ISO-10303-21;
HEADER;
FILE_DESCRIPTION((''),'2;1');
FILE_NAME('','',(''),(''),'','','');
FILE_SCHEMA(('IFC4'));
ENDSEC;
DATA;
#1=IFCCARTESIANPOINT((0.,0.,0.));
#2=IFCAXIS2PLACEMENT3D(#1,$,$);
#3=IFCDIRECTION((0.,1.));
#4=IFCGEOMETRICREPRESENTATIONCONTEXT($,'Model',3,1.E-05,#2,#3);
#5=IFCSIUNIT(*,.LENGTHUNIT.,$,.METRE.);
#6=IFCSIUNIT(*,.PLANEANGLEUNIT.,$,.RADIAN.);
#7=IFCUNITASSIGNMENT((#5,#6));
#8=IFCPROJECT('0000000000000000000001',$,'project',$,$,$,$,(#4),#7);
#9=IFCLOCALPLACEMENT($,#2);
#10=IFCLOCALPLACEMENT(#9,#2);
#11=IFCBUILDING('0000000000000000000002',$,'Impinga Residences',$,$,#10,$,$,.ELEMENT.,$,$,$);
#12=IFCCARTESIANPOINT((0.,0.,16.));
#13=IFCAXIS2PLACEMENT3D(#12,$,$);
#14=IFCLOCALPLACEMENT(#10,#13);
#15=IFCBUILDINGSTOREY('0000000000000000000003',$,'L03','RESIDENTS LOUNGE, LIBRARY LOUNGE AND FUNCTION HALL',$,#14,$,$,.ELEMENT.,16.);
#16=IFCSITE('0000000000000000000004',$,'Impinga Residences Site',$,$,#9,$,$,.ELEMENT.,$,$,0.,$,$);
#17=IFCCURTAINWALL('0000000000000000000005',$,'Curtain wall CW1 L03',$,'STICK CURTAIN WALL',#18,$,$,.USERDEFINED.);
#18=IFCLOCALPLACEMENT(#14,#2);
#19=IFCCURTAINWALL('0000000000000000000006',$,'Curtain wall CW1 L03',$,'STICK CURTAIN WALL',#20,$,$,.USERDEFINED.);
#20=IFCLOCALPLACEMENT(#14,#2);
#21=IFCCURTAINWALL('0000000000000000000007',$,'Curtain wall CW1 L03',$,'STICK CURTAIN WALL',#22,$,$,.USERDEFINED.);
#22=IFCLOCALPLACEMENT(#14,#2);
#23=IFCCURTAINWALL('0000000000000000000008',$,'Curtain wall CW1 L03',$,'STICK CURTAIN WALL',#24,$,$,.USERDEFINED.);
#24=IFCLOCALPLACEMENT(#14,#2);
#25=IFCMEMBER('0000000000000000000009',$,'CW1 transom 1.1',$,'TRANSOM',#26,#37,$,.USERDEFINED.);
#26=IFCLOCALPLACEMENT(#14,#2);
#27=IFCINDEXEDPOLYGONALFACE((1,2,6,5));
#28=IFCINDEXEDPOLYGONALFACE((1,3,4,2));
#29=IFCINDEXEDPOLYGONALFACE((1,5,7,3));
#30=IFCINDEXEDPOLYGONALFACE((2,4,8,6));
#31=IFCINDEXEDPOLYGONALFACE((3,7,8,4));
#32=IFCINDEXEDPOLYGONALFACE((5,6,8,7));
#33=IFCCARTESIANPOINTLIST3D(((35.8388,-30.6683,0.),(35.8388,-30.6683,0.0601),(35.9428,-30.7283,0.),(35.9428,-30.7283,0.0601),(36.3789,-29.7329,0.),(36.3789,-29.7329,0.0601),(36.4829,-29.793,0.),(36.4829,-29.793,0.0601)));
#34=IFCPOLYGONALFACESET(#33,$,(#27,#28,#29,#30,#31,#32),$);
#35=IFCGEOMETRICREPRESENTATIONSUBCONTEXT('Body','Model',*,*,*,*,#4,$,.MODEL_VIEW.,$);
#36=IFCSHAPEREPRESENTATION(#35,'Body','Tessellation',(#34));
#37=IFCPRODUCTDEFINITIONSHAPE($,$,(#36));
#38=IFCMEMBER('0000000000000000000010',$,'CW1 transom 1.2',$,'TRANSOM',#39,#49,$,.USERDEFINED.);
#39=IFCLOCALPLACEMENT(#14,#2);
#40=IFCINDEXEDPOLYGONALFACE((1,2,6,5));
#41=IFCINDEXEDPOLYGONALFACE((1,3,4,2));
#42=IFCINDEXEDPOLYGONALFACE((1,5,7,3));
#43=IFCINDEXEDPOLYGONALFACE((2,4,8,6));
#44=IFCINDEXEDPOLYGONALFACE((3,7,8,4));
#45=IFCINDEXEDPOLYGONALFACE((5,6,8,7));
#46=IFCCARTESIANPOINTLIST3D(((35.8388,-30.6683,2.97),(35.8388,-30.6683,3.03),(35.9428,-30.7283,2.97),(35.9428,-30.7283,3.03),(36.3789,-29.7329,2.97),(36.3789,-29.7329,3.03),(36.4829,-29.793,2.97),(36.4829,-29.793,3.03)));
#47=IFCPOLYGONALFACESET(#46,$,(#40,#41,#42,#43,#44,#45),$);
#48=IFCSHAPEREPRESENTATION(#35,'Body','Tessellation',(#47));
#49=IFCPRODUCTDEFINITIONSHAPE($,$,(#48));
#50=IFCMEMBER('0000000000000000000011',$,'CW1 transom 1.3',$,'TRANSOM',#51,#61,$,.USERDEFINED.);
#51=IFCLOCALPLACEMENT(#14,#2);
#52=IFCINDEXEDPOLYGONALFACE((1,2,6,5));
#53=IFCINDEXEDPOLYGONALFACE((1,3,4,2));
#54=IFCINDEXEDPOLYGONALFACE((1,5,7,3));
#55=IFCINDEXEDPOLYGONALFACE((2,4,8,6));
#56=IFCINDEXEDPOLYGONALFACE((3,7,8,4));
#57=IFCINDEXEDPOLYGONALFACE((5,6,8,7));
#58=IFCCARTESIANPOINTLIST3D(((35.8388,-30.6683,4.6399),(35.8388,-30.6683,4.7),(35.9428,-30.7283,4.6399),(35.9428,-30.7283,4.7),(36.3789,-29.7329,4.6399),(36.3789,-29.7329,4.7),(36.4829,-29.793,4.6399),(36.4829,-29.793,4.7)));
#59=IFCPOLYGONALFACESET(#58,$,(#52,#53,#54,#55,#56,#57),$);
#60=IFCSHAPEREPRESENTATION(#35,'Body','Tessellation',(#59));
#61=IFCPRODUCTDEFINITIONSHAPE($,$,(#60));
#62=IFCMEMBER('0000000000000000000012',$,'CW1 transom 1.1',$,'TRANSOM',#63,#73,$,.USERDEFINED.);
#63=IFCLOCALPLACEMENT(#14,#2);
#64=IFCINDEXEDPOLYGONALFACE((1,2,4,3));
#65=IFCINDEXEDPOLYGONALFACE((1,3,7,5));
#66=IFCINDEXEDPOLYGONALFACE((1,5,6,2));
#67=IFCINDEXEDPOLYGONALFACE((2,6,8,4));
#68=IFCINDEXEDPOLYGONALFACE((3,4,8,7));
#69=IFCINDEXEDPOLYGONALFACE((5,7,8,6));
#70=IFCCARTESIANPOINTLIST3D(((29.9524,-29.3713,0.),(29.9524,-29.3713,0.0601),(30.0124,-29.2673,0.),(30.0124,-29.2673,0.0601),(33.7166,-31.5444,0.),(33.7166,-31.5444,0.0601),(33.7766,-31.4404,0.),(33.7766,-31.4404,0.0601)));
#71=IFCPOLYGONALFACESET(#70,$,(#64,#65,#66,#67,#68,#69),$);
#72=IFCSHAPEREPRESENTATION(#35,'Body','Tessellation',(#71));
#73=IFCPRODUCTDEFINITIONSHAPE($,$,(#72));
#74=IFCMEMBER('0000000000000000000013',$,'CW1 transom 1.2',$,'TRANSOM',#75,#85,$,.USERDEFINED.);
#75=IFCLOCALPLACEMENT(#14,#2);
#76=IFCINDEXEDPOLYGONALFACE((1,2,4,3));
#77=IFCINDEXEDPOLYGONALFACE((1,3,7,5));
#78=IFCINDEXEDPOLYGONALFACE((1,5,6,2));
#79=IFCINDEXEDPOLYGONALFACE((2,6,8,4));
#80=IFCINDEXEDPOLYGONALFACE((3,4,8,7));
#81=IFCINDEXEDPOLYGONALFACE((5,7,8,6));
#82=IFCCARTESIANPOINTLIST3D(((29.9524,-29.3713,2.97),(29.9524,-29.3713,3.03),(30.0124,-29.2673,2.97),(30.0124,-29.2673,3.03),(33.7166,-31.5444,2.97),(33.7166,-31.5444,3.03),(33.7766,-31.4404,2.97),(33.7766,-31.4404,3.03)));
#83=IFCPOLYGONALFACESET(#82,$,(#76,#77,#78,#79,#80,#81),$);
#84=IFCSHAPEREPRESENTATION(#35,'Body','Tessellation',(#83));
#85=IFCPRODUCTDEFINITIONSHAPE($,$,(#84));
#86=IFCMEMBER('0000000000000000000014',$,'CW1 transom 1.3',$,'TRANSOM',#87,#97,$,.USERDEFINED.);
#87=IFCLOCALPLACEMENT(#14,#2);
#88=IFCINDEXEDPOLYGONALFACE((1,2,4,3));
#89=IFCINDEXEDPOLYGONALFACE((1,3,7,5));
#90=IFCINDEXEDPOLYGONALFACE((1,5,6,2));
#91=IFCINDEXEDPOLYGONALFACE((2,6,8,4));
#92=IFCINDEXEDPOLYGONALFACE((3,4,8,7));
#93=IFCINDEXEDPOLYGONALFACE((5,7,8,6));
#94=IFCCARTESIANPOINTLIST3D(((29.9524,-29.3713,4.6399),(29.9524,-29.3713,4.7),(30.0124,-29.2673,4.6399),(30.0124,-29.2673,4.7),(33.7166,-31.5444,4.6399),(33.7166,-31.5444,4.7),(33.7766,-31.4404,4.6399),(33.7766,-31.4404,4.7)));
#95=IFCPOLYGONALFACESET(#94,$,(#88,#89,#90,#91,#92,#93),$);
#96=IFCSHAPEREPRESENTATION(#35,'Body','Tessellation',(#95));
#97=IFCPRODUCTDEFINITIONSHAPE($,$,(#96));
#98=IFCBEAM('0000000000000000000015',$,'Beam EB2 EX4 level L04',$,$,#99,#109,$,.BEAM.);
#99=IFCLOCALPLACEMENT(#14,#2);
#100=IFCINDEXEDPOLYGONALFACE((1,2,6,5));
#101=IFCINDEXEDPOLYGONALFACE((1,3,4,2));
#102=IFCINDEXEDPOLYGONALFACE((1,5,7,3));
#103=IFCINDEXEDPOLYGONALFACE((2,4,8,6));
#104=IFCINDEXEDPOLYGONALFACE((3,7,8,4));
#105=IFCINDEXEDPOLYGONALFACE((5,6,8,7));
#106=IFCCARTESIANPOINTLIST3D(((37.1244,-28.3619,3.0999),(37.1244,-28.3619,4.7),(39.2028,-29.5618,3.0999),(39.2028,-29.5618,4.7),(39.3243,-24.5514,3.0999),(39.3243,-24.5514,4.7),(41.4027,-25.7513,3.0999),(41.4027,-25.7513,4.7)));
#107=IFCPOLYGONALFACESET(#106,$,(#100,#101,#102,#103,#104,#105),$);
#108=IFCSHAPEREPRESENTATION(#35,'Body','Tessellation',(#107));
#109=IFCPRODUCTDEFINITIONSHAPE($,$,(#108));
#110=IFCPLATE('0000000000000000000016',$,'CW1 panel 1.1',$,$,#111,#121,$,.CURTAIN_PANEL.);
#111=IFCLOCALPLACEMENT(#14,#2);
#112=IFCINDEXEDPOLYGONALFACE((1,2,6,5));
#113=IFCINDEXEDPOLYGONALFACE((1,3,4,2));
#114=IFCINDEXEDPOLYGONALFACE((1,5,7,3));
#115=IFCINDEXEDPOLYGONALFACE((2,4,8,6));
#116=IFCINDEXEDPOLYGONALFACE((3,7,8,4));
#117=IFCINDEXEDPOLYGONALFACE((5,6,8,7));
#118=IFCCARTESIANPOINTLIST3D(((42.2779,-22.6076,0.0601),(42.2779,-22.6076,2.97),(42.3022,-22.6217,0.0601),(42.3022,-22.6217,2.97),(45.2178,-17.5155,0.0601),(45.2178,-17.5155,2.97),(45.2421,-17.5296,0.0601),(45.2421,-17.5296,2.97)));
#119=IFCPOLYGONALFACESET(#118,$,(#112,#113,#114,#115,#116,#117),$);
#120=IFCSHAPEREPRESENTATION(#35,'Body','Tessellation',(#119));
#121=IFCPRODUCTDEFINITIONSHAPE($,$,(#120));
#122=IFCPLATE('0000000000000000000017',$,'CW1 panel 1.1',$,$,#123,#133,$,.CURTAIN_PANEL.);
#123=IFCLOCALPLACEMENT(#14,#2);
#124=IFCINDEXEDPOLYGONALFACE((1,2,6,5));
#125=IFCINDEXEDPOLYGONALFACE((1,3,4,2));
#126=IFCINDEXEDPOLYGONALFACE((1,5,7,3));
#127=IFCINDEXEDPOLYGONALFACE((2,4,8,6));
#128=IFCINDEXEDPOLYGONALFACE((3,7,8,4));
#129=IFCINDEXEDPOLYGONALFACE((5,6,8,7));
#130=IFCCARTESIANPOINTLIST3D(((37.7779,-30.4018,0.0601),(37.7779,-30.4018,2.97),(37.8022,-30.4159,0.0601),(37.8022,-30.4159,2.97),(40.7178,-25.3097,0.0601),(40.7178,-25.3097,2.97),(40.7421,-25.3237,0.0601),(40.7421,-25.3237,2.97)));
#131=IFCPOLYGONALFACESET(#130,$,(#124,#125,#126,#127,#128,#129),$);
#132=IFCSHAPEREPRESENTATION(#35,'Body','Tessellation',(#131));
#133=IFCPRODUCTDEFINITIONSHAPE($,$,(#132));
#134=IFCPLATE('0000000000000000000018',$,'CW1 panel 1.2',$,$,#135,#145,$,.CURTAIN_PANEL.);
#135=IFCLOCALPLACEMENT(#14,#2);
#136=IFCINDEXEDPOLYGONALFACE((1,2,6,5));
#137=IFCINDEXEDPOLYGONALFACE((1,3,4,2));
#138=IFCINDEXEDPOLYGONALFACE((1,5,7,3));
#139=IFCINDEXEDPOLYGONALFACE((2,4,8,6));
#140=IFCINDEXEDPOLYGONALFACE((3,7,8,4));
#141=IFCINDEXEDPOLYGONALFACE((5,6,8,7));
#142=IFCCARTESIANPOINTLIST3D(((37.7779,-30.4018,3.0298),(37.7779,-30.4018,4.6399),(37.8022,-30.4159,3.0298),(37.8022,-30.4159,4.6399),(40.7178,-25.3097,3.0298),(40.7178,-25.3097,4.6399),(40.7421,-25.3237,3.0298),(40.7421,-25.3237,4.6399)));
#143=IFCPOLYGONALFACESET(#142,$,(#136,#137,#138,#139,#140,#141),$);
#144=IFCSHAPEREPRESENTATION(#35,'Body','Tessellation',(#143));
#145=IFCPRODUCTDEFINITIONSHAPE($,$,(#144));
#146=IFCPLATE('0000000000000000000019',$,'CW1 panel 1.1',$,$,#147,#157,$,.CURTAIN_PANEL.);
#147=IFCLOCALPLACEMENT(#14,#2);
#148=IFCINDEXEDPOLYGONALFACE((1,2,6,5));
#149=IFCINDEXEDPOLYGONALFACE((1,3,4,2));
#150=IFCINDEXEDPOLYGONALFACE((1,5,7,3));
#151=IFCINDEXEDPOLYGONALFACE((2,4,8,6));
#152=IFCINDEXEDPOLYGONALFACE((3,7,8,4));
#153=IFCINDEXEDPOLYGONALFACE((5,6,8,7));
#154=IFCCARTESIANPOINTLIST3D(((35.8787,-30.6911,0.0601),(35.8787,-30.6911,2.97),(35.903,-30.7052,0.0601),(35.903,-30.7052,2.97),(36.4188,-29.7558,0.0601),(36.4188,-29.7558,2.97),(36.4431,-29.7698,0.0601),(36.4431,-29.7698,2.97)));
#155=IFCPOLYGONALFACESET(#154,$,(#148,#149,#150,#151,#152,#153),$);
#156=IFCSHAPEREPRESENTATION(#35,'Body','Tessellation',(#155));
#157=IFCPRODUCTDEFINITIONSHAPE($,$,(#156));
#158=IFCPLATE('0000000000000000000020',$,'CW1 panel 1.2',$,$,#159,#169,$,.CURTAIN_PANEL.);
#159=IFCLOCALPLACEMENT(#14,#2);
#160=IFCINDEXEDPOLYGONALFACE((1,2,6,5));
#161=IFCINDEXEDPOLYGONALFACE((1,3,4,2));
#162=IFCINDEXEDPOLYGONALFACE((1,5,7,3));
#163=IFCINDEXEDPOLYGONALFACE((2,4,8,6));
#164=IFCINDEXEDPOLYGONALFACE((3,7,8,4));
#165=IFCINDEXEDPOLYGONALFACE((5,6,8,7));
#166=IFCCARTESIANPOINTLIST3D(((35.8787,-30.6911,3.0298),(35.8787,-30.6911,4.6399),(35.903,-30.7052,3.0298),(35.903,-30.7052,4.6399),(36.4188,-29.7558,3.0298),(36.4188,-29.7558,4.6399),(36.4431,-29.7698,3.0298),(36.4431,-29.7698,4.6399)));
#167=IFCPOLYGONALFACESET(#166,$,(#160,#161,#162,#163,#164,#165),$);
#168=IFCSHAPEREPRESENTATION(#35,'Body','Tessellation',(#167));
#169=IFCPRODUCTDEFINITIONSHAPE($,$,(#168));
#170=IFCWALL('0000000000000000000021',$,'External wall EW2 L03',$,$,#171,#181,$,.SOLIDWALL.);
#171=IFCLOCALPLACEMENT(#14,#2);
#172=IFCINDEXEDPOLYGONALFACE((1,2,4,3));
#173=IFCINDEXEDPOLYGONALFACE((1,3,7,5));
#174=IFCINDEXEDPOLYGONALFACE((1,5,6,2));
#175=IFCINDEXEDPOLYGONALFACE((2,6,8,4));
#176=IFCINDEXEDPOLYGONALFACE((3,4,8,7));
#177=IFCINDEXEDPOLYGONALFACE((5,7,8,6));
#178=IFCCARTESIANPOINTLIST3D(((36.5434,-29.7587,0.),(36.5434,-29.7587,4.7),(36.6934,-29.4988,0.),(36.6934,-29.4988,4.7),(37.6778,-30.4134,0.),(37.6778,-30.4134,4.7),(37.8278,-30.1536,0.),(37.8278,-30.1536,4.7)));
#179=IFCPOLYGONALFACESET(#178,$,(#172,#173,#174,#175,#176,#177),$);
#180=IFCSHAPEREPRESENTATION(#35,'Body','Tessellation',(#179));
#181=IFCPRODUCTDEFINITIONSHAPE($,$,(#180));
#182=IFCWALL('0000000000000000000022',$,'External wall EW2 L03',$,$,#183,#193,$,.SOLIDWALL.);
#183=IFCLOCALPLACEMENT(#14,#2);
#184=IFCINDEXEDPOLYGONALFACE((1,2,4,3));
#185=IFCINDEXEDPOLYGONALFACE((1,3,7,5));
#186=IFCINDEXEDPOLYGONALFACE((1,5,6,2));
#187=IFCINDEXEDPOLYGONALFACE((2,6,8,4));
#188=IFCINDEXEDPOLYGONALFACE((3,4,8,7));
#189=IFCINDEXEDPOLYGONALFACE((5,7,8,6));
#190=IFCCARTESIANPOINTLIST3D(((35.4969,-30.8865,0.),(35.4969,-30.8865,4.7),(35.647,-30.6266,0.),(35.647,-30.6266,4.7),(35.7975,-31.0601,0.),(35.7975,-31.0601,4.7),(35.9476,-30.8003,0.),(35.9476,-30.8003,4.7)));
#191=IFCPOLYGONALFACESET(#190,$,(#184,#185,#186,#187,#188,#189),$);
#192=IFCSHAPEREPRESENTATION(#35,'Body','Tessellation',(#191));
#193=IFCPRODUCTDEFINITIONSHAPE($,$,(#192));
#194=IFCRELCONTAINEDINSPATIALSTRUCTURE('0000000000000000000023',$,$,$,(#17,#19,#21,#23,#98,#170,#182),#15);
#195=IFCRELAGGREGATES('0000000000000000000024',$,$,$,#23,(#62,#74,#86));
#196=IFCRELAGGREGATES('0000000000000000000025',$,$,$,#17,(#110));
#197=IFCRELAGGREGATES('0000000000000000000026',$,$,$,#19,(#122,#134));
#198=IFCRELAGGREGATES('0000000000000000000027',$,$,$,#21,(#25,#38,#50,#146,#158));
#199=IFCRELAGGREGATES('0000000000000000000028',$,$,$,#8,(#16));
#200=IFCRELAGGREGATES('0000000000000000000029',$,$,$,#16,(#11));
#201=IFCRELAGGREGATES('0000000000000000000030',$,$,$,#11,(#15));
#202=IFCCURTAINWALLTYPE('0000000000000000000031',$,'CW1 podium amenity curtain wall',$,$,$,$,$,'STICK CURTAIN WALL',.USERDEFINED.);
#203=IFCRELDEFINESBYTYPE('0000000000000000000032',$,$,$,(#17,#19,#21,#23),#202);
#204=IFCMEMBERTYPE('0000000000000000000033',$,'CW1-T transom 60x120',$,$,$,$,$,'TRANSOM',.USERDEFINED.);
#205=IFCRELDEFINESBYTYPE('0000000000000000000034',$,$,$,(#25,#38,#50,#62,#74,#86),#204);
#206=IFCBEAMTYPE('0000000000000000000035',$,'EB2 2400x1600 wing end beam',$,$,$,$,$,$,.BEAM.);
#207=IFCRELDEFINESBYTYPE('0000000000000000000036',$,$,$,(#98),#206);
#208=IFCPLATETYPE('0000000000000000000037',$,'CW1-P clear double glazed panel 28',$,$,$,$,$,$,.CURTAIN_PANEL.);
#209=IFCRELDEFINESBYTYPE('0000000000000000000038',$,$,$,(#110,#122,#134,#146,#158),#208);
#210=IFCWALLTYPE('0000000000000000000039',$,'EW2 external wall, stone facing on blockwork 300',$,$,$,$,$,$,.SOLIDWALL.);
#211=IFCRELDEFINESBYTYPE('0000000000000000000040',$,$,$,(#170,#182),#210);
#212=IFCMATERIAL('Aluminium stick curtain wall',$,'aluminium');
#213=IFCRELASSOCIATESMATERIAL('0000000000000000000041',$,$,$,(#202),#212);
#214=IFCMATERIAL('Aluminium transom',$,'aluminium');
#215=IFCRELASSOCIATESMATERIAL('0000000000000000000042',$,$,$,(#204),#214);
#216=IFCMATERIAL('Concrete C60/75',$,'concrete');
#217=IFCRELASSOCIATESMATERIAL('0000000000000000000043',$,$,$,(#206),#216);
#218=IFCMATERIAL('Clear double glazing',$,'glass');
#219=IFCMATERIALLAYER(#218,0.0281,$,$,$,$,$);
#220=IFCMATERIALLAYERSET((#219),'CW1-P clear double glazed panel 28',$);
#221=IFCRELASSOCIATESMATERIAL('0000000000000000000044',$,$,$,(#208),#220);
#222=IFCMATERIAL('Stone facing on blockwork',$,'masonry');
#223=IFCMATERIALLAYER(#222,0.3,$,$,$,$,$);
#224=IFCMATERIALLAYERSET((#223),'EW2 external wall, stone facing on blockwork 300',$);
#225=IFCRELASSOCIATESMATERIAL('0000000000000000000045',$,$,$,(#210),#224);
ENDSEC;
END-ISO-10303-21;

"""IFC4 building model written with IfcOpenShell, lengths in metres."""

from ifc_helpers import new_model, si_unit, direction, frame, frame_2d, origin, origin_2d, place, context, subcontext, project, spatial, rectangle, extrude, material, layer, layer_set, material_profile, profile_set, type_object, element, aggregate, save


model = new_model("IFC4")

# Units and contexts
model_context = context("Model", 3, precision=1e-05, world=origin(), true_north=direction((0.0, 1.0)))
body_context = subcontext(model_context, "Body", "Model", "MODEL_VIEW")
ifc_project = project(units=[si_unit("LENGTHUNIT", "METRE"), si_unit("PLANEANGLEUNIT", "RADIAN")], contexts=[model_context])

# Site, building, storey
site_placement = place(None, origin())
site = spatial("IfcSite", under=ifc_project, at=site_placement, Name="Impinga Residences Site", CompositionType="ELEMENT", RefElevation=0.0)
building_placement = place(site_placement, origin())
building = spatial("IfcBuilding", under=site, at=building_placement, Name="Impinga Residences", CompositionType="ELEMENT")
storey_placement = place(building_placement, frame((0.0, 0.0, 16.0)))
storey = spatial("IfcBuildingStorey", under=building, at=storey_placement, Name="L03", Description="RESIDENTS LOUNGE, LIBRARY LOUNGE AND FUNCTION HALL", CompositionType="ELEMENT", Elevation=16.0)

# Shared definitions
ifc_material_1 = material(Name="Concrete C60/75", Category="concrete")

# Curtain wall
ifc_material_2 = material(Name="Aluminium stick curtain wall", Category="aluminium")
curtain_wall_type = type_object("IfcCurtainWallType", Name="CW1 podium amenity curtain wall", ElementType="STICK CURTAIN WALL", PredefinedType="USERDEFINED", material=ifc_material_2)
curtain_wall_1_placement = place(storey_placement, origin())
curtain_wall_1 = element("IfcCurtainWall", 1, at=curtain_wall_1_placement, inside=storey, type_object=curtain_wall_type, Name="Curtain wall CW1 L03", ObjectType="STICK CURTAIN WALL", PredefinedType="USERDEFINED")

# Curtain walls
curtain_wall_2_placement = place(storey_placement, origin())
curtain_wall_2 = element("IfcCurtainWall", 2, at=curtain_wall_2_placement, inside=storey, type_object=curtain_wall_type, Name="Curtain wall CW1 L03", ObjectType="STICK CURTAIN WALL", PredefinedType="USERDEFINED")
curtain_wall_3_placement = place(storey_placement, origin())
curtain_wall_3 = element("IfcCurtainWall", 3, at=curtain_wall_3_placement, inside=storey, type_object=curtain_wall_type, Name="Curtain wall CW1 L03", ObjectType="STICK CURTAIN WALL", PredefinedType="USERDEFINED")

# Curtain wall
curtain_wall_4_placement = place(storey_placement, origin())
curtain_wall_4 = element("IfcCurtainWall", 4, at=curtain_wall_4_placement, inside=storey, type_object=curtain_wall_type, Name="Curtain wall CW1 L03", ObjectType="STICK CURTAIN WALL", PredefinedType="USERDEFINED")

# Members
ifc_material_3 = material(Name="Aluminium transom", Category="aluminium")
ifc_material_profile_1 = material_profile(ifc_material_3, rectangle(XDim=0.0601, YDim=0.1201, at=origin_2d()), Name="60x120 transom")
ifc_profile_set_1 = profile_set([ifc_material_profile_1], Name="Aluminium transom")
member_type_1 = type_object("IfcMemberType", Name="CW1-T transom 60x120", ElementType="TRANSOM", PredefinedType="USERDEFINED", material=ifc_profile_set_1)
member_1_placement = place(storey_placement, frame((36.4309, -29.7629, 0.03), z_axis=(-0.500029, -0.866009, 0.0), x_axis=(0.0, 0.0, 1.0)))
member_1 = element("IfcMember", 5, at=member_1_placement, type_object=member_type_1, Name="CW1 transom 1.1", ObjectType="TRANSOM", PredefinedType="USERDEFINED", context=body_context, shape_type="SweptSolid", body=[
    extrude(rectangle(XDim=0.0601, YDim=0.1201, at=origin_2d()), origin(), (0.0, 0.0, 1.0), 1.0801),
])
member_2_placement = place(storey_placement, frame((36.4309, -29.7629, 3.0), z_axis=(-0.500029, -0.866009, 0.0), x_axis=(0.0, 0.0, 1.0)))
member_2 = element("IfcMember", 6, at=member_2_placement, type_object=member_type_1, Name="CW1 transom 1.2", ObjectType="TRANSOM", PredefinedType="USERDEFINED", context=body_context, shape_type="SweptSolid", body=[
    extrude(rectangle(XDim=0.0601, YDim=0.1201, at=origin_2d()), origin(), (0.0, 0.0, 1.0), 1.0801),
])
member_3_placement = place(storey_placement, frame((36.4309, -29.7629, 4.6699), z_axis=(-0.500029, -0.866009, 0.0), x_axis=(0.0, 0.0, 1.0)))
member_3 = element("IfcMember", 7, at=member_3_placement, type_object=member_type_1, Name="CW1 transom 1.3", ObjectType="TRANSOM", PredefinedType="USERDEFINED", context=body_context, shape_type="SweptSolid", body=[
    extrude(rectangle(XDim=0.0601, YDim=0.1201, at=origin_2d()), origin(), (0.0, 0.0, 1.0), 1.0801),
])
member_4_placement = place(storey_placement, frame((33.7466, -31.4924, 0.03), z_axis=(-0.86604, 0.499975, 0.0), x_axis=(0.0, 0.0, 1.0)))
member_4 = element("IfcMember", 8, at=member_4_placement, type_object=member_type_1, Name="CW1 transom 1.1", ObjectType="TRANSOM", PredefinedType="USERDEFINED", context=body_context, shape_type="SweptSolid", body=[
    extrude(rectangle(XDim=0.0601, YDim=0.1201, at=origin_2d()), origin(), (0.0, 0.0, 1.0), 4.3464),
])
member_5_placement = place(storey_placement, frame((33.7466, -31.4924, 3.0), z_axis=(-0.86604, 0.499975, 0.0), x_axis=(0.0, 0.0, 1.0)))
member_5 = element("IfcMember", 9, at=member_5_placement, type_object=member_type_1, Name="CW1 transom 1.2", ObjectType="TRANSOM", PredefinedType="USERDEFINED", context=body_context, shape_type="SweptSolid", body=[
    extrude(rectangle(XDim=0.0601, YDim=0.1201, at=origin_2d()), origin(), (0.0, 0.0, 1.0), 4.3464),
])
member_6_placement = place(storey_placement, frame((33.7466, -31.4924, 4.6699), z_axis=(-0.86604, 0.499975, 0.0), x_axis=(0.0, 0.0, 1.0)))
member_6 = element("IfcMember", 10, at=member_6_placement, type_object=member_type_1, Name="CW1 transom 1.3", ObjectType="TRANSOM", PredefinedType="USERDEFINED", context=body_context, shape_type="SweptSolid", body=[
    extrude(rectangle(XDim=0.0601, YDim=0.1201, at=origin_2d()), origin(), (0.0, 0.0, 1.0), 4.3464),
])
aggregate(curtain_wall_4, [member_4, member_5, member_6])

# Beam
ifc_material_profile_2 = material_profile(ifc_material_1, rectangle(XDim=2.3999, YDim=1.6001, at=origin_2d()), Name="RC 2400x1600")
ifc_profile_set_2 = profile_set([ifc_material_profile_2], Name="Concrete C60/75")
beam_type_1 = type_object("IfcBeamType", Name="EB2 2400x1600 wing end beam", PredefinedType="BEAM", material=ifc_profile_set_2)
beam_1_placement = place(storey_placement, frame((40.3635, -25.1514, 3.8999), z_axis=(-0.499988, -0.866032, 0.0), x_axis=(0.866032, -0.499988, 0.0)))
element("IfcBeam", 11, at=beam_1_placement, inside=storey, type_object=beam_type_1, Name="Beam EB2 EX4 level L04", PredefinedType="BEAM", context=body_context, shape_type="SweptSolid", body=[
    extrude(rectangle(XDim=2.3999, YDim=1.6001, at=origin_2d()), origin(), (0.0, 0.0, 1.0), 4.3999),
])

# Plates
ifc_material_4 = material(Name="Clear double glazing", Category="glass")
ifc_layer_1 = layer(ifc_material_4, 0.0281)
ifc_layer_set_1 = layer_set([ifc_layer_1], Name="CW1-P clear double glazed panel 28")
plate_type = type_object("IfcPlateType", Name="CW1-P clear double glazed panel 28", PredefinedType="CURTAIN_PANEL", material=ifc_layer_set_1)
plate_1_placement = place(storey_placement, frame((43.76, -20.0686, 0.0601), z_axis=(0.0, 0.0, 1.0), x_axis=(-0.5, -0.866025, 0.0)))
plate_1 = element("IfcPlate", 12, at=plate_1_placement, type_object=plate_type, Name="CW1 panel 1.1", PredefinedType="CURTAIN_PANEL", context=body_context, shape_type="SweptSolid", body=[
    extrude(rectangle(XDim=5.8799, YDim=0.0281, at=origin_2d()), origin(), (0.0, 0.0, 1.0), 2.9099),
])
aggregate(curtain_wall_1, [plate_1])
plate_2_placement = place(storey_placement, frame((39.26, -27.8628, 0.0601), z_axis=(0.0, 0.0, 1.0), x_axis=(-0.5, -0.866025, 0.0)))
plate_2 = element("IfcPlate", 13, at=plate_2_placement, type_object=plate_type, Name="CW1 panel 1.1", PredefinedType="CURTAIN_PANEL", context=body_context, shape_type="SweptSolid", body=[
    extrude(rectangle(XDim=5.8799, YDim=0.0281, at=origin_2d()), origin(), (0.0, 0.0, 1.0), 2.9099),
])
plate_3_placement = place(storey_placement, frame((39.26, -27.8628, 3.0298), z_axis=(0.0, 0.0, 1.0), x_axis=(-0.5, -0.866025, 0.0)))
plate_3 = element("IfcPlate", 14, at=plate_3_placement, type_object=plate_type, Name="CW1 panel 1.2", PredefinedType="CURTAIN_PANEL", context=body_context, shape_type="SweptSolid", body=[
    extrude(rectangle(XDim=5.8799, YDim=0.0281, at=origin_2d()), origin(), (0.0, 0.0, 1.0), 1.6101),
])
aggregate(curtain_wall_2, [plate_2, plate_3])
plate_4_placement = place(storey_placement, frame((36.1609, -30.2305, 0.0601), z_axis=(0.0, 0.0, 1.0), x_axis=(-0.5, -0.866026, 0.0)))
plate_4 = element("IfcPlate", 15, at=plate_4_placement, type_object=plate_type, Name="CW1 panel 1.1", PredefinedType="CURTAIN_PANEL", context=body_context, shape_type="SweptSolid", body=[
    extrude(rectangle(XDim=1.0801, YDim=0.0281, at=origin_2d()), origin(), (0.0, 0.0, 1.0), 2.9099),
])
plate_5_placement = place(storey_placement, frame((36.1609, -30.2305, 3.0298), z_axis=(0.0, 0.0, 1.0), x_axis=(-0.5, -0.866026, 0.0)))
plate_5 = element("IfcPlate", 16, at=plate_5_placement, type_object=plate_type, Name="CW1 panel 1.2", PredefinedType="CURTAIN_PANEL", context=body_context, shape_type="SweptSolid", body=[
    extrude(rectangle(XDim=1.0801, YDim=0.0281, at=origin_2d()), origin(), (0.0, 0.0, 1.0), 1.6101),
])
aggregate(curtain_wall_3, [member_1, member_2, member_3, plate_4, plate_5])

# Shared definitions
ifc_material_5 = material(Name="Stone facing on blockwork", Category="masonry")
ifc_layer_2 = layer(ifc_material_5, 0.3)
ifc_layer_set_2 = layer_set([ifc_layer_2], Name="EW2 external wall, stone facing on blockwork 300")
wall_type = type_object("IfcWallType", Name="EW2 external wall, stone facing on blockwork 300", PredefinedType="SOLIDWALL", material=ifc_layer_set_2)

# Walls
wall_1_placement = place(storey_placement, frame((37.7527, -30.2834, 0.0), z_axis=(0.0, 0.0, 1.0), x_axis=(-0.866102, 0.499868, 0.0)))
element("IfcWall", 17, at=wall_1_placement, inside=storey, type_object=wall_type, Name="External wall EW2 L03", PredefinedType="SOLIDWALL", context=body_context, shape_type="SweptSolid", body=[
    extrude(rectangle(XDim=1.3098, YDim=0.3, at=frame_2d((0.6548, 0.0))), origin(), (0.0, 0.0, 1.0), 4.7),
])
wall_2_placement = place(storey_placement, frame((35.8726, -30.9302, 0.0), z_axis=(0.0, 0.0, 1.0), x_axis=(-0.86594, 0.500149, 0.0)))
element("IfcWall", 18, at=wall_2_placement, inside=storey, type_object=wall_type, Name="External wall EW2 L03", PredefinedType="SOLIDWALL", context=body_context, shape_type="SweptSolid", body=[
    extrude(rectangle(XDim=0.3472, YDim=0.3, at=frame_2d((0.1736, 0.0))), origin(), (0.0, 0.0, 1.0), 4.7),
])

save(model, "model.ifc")
